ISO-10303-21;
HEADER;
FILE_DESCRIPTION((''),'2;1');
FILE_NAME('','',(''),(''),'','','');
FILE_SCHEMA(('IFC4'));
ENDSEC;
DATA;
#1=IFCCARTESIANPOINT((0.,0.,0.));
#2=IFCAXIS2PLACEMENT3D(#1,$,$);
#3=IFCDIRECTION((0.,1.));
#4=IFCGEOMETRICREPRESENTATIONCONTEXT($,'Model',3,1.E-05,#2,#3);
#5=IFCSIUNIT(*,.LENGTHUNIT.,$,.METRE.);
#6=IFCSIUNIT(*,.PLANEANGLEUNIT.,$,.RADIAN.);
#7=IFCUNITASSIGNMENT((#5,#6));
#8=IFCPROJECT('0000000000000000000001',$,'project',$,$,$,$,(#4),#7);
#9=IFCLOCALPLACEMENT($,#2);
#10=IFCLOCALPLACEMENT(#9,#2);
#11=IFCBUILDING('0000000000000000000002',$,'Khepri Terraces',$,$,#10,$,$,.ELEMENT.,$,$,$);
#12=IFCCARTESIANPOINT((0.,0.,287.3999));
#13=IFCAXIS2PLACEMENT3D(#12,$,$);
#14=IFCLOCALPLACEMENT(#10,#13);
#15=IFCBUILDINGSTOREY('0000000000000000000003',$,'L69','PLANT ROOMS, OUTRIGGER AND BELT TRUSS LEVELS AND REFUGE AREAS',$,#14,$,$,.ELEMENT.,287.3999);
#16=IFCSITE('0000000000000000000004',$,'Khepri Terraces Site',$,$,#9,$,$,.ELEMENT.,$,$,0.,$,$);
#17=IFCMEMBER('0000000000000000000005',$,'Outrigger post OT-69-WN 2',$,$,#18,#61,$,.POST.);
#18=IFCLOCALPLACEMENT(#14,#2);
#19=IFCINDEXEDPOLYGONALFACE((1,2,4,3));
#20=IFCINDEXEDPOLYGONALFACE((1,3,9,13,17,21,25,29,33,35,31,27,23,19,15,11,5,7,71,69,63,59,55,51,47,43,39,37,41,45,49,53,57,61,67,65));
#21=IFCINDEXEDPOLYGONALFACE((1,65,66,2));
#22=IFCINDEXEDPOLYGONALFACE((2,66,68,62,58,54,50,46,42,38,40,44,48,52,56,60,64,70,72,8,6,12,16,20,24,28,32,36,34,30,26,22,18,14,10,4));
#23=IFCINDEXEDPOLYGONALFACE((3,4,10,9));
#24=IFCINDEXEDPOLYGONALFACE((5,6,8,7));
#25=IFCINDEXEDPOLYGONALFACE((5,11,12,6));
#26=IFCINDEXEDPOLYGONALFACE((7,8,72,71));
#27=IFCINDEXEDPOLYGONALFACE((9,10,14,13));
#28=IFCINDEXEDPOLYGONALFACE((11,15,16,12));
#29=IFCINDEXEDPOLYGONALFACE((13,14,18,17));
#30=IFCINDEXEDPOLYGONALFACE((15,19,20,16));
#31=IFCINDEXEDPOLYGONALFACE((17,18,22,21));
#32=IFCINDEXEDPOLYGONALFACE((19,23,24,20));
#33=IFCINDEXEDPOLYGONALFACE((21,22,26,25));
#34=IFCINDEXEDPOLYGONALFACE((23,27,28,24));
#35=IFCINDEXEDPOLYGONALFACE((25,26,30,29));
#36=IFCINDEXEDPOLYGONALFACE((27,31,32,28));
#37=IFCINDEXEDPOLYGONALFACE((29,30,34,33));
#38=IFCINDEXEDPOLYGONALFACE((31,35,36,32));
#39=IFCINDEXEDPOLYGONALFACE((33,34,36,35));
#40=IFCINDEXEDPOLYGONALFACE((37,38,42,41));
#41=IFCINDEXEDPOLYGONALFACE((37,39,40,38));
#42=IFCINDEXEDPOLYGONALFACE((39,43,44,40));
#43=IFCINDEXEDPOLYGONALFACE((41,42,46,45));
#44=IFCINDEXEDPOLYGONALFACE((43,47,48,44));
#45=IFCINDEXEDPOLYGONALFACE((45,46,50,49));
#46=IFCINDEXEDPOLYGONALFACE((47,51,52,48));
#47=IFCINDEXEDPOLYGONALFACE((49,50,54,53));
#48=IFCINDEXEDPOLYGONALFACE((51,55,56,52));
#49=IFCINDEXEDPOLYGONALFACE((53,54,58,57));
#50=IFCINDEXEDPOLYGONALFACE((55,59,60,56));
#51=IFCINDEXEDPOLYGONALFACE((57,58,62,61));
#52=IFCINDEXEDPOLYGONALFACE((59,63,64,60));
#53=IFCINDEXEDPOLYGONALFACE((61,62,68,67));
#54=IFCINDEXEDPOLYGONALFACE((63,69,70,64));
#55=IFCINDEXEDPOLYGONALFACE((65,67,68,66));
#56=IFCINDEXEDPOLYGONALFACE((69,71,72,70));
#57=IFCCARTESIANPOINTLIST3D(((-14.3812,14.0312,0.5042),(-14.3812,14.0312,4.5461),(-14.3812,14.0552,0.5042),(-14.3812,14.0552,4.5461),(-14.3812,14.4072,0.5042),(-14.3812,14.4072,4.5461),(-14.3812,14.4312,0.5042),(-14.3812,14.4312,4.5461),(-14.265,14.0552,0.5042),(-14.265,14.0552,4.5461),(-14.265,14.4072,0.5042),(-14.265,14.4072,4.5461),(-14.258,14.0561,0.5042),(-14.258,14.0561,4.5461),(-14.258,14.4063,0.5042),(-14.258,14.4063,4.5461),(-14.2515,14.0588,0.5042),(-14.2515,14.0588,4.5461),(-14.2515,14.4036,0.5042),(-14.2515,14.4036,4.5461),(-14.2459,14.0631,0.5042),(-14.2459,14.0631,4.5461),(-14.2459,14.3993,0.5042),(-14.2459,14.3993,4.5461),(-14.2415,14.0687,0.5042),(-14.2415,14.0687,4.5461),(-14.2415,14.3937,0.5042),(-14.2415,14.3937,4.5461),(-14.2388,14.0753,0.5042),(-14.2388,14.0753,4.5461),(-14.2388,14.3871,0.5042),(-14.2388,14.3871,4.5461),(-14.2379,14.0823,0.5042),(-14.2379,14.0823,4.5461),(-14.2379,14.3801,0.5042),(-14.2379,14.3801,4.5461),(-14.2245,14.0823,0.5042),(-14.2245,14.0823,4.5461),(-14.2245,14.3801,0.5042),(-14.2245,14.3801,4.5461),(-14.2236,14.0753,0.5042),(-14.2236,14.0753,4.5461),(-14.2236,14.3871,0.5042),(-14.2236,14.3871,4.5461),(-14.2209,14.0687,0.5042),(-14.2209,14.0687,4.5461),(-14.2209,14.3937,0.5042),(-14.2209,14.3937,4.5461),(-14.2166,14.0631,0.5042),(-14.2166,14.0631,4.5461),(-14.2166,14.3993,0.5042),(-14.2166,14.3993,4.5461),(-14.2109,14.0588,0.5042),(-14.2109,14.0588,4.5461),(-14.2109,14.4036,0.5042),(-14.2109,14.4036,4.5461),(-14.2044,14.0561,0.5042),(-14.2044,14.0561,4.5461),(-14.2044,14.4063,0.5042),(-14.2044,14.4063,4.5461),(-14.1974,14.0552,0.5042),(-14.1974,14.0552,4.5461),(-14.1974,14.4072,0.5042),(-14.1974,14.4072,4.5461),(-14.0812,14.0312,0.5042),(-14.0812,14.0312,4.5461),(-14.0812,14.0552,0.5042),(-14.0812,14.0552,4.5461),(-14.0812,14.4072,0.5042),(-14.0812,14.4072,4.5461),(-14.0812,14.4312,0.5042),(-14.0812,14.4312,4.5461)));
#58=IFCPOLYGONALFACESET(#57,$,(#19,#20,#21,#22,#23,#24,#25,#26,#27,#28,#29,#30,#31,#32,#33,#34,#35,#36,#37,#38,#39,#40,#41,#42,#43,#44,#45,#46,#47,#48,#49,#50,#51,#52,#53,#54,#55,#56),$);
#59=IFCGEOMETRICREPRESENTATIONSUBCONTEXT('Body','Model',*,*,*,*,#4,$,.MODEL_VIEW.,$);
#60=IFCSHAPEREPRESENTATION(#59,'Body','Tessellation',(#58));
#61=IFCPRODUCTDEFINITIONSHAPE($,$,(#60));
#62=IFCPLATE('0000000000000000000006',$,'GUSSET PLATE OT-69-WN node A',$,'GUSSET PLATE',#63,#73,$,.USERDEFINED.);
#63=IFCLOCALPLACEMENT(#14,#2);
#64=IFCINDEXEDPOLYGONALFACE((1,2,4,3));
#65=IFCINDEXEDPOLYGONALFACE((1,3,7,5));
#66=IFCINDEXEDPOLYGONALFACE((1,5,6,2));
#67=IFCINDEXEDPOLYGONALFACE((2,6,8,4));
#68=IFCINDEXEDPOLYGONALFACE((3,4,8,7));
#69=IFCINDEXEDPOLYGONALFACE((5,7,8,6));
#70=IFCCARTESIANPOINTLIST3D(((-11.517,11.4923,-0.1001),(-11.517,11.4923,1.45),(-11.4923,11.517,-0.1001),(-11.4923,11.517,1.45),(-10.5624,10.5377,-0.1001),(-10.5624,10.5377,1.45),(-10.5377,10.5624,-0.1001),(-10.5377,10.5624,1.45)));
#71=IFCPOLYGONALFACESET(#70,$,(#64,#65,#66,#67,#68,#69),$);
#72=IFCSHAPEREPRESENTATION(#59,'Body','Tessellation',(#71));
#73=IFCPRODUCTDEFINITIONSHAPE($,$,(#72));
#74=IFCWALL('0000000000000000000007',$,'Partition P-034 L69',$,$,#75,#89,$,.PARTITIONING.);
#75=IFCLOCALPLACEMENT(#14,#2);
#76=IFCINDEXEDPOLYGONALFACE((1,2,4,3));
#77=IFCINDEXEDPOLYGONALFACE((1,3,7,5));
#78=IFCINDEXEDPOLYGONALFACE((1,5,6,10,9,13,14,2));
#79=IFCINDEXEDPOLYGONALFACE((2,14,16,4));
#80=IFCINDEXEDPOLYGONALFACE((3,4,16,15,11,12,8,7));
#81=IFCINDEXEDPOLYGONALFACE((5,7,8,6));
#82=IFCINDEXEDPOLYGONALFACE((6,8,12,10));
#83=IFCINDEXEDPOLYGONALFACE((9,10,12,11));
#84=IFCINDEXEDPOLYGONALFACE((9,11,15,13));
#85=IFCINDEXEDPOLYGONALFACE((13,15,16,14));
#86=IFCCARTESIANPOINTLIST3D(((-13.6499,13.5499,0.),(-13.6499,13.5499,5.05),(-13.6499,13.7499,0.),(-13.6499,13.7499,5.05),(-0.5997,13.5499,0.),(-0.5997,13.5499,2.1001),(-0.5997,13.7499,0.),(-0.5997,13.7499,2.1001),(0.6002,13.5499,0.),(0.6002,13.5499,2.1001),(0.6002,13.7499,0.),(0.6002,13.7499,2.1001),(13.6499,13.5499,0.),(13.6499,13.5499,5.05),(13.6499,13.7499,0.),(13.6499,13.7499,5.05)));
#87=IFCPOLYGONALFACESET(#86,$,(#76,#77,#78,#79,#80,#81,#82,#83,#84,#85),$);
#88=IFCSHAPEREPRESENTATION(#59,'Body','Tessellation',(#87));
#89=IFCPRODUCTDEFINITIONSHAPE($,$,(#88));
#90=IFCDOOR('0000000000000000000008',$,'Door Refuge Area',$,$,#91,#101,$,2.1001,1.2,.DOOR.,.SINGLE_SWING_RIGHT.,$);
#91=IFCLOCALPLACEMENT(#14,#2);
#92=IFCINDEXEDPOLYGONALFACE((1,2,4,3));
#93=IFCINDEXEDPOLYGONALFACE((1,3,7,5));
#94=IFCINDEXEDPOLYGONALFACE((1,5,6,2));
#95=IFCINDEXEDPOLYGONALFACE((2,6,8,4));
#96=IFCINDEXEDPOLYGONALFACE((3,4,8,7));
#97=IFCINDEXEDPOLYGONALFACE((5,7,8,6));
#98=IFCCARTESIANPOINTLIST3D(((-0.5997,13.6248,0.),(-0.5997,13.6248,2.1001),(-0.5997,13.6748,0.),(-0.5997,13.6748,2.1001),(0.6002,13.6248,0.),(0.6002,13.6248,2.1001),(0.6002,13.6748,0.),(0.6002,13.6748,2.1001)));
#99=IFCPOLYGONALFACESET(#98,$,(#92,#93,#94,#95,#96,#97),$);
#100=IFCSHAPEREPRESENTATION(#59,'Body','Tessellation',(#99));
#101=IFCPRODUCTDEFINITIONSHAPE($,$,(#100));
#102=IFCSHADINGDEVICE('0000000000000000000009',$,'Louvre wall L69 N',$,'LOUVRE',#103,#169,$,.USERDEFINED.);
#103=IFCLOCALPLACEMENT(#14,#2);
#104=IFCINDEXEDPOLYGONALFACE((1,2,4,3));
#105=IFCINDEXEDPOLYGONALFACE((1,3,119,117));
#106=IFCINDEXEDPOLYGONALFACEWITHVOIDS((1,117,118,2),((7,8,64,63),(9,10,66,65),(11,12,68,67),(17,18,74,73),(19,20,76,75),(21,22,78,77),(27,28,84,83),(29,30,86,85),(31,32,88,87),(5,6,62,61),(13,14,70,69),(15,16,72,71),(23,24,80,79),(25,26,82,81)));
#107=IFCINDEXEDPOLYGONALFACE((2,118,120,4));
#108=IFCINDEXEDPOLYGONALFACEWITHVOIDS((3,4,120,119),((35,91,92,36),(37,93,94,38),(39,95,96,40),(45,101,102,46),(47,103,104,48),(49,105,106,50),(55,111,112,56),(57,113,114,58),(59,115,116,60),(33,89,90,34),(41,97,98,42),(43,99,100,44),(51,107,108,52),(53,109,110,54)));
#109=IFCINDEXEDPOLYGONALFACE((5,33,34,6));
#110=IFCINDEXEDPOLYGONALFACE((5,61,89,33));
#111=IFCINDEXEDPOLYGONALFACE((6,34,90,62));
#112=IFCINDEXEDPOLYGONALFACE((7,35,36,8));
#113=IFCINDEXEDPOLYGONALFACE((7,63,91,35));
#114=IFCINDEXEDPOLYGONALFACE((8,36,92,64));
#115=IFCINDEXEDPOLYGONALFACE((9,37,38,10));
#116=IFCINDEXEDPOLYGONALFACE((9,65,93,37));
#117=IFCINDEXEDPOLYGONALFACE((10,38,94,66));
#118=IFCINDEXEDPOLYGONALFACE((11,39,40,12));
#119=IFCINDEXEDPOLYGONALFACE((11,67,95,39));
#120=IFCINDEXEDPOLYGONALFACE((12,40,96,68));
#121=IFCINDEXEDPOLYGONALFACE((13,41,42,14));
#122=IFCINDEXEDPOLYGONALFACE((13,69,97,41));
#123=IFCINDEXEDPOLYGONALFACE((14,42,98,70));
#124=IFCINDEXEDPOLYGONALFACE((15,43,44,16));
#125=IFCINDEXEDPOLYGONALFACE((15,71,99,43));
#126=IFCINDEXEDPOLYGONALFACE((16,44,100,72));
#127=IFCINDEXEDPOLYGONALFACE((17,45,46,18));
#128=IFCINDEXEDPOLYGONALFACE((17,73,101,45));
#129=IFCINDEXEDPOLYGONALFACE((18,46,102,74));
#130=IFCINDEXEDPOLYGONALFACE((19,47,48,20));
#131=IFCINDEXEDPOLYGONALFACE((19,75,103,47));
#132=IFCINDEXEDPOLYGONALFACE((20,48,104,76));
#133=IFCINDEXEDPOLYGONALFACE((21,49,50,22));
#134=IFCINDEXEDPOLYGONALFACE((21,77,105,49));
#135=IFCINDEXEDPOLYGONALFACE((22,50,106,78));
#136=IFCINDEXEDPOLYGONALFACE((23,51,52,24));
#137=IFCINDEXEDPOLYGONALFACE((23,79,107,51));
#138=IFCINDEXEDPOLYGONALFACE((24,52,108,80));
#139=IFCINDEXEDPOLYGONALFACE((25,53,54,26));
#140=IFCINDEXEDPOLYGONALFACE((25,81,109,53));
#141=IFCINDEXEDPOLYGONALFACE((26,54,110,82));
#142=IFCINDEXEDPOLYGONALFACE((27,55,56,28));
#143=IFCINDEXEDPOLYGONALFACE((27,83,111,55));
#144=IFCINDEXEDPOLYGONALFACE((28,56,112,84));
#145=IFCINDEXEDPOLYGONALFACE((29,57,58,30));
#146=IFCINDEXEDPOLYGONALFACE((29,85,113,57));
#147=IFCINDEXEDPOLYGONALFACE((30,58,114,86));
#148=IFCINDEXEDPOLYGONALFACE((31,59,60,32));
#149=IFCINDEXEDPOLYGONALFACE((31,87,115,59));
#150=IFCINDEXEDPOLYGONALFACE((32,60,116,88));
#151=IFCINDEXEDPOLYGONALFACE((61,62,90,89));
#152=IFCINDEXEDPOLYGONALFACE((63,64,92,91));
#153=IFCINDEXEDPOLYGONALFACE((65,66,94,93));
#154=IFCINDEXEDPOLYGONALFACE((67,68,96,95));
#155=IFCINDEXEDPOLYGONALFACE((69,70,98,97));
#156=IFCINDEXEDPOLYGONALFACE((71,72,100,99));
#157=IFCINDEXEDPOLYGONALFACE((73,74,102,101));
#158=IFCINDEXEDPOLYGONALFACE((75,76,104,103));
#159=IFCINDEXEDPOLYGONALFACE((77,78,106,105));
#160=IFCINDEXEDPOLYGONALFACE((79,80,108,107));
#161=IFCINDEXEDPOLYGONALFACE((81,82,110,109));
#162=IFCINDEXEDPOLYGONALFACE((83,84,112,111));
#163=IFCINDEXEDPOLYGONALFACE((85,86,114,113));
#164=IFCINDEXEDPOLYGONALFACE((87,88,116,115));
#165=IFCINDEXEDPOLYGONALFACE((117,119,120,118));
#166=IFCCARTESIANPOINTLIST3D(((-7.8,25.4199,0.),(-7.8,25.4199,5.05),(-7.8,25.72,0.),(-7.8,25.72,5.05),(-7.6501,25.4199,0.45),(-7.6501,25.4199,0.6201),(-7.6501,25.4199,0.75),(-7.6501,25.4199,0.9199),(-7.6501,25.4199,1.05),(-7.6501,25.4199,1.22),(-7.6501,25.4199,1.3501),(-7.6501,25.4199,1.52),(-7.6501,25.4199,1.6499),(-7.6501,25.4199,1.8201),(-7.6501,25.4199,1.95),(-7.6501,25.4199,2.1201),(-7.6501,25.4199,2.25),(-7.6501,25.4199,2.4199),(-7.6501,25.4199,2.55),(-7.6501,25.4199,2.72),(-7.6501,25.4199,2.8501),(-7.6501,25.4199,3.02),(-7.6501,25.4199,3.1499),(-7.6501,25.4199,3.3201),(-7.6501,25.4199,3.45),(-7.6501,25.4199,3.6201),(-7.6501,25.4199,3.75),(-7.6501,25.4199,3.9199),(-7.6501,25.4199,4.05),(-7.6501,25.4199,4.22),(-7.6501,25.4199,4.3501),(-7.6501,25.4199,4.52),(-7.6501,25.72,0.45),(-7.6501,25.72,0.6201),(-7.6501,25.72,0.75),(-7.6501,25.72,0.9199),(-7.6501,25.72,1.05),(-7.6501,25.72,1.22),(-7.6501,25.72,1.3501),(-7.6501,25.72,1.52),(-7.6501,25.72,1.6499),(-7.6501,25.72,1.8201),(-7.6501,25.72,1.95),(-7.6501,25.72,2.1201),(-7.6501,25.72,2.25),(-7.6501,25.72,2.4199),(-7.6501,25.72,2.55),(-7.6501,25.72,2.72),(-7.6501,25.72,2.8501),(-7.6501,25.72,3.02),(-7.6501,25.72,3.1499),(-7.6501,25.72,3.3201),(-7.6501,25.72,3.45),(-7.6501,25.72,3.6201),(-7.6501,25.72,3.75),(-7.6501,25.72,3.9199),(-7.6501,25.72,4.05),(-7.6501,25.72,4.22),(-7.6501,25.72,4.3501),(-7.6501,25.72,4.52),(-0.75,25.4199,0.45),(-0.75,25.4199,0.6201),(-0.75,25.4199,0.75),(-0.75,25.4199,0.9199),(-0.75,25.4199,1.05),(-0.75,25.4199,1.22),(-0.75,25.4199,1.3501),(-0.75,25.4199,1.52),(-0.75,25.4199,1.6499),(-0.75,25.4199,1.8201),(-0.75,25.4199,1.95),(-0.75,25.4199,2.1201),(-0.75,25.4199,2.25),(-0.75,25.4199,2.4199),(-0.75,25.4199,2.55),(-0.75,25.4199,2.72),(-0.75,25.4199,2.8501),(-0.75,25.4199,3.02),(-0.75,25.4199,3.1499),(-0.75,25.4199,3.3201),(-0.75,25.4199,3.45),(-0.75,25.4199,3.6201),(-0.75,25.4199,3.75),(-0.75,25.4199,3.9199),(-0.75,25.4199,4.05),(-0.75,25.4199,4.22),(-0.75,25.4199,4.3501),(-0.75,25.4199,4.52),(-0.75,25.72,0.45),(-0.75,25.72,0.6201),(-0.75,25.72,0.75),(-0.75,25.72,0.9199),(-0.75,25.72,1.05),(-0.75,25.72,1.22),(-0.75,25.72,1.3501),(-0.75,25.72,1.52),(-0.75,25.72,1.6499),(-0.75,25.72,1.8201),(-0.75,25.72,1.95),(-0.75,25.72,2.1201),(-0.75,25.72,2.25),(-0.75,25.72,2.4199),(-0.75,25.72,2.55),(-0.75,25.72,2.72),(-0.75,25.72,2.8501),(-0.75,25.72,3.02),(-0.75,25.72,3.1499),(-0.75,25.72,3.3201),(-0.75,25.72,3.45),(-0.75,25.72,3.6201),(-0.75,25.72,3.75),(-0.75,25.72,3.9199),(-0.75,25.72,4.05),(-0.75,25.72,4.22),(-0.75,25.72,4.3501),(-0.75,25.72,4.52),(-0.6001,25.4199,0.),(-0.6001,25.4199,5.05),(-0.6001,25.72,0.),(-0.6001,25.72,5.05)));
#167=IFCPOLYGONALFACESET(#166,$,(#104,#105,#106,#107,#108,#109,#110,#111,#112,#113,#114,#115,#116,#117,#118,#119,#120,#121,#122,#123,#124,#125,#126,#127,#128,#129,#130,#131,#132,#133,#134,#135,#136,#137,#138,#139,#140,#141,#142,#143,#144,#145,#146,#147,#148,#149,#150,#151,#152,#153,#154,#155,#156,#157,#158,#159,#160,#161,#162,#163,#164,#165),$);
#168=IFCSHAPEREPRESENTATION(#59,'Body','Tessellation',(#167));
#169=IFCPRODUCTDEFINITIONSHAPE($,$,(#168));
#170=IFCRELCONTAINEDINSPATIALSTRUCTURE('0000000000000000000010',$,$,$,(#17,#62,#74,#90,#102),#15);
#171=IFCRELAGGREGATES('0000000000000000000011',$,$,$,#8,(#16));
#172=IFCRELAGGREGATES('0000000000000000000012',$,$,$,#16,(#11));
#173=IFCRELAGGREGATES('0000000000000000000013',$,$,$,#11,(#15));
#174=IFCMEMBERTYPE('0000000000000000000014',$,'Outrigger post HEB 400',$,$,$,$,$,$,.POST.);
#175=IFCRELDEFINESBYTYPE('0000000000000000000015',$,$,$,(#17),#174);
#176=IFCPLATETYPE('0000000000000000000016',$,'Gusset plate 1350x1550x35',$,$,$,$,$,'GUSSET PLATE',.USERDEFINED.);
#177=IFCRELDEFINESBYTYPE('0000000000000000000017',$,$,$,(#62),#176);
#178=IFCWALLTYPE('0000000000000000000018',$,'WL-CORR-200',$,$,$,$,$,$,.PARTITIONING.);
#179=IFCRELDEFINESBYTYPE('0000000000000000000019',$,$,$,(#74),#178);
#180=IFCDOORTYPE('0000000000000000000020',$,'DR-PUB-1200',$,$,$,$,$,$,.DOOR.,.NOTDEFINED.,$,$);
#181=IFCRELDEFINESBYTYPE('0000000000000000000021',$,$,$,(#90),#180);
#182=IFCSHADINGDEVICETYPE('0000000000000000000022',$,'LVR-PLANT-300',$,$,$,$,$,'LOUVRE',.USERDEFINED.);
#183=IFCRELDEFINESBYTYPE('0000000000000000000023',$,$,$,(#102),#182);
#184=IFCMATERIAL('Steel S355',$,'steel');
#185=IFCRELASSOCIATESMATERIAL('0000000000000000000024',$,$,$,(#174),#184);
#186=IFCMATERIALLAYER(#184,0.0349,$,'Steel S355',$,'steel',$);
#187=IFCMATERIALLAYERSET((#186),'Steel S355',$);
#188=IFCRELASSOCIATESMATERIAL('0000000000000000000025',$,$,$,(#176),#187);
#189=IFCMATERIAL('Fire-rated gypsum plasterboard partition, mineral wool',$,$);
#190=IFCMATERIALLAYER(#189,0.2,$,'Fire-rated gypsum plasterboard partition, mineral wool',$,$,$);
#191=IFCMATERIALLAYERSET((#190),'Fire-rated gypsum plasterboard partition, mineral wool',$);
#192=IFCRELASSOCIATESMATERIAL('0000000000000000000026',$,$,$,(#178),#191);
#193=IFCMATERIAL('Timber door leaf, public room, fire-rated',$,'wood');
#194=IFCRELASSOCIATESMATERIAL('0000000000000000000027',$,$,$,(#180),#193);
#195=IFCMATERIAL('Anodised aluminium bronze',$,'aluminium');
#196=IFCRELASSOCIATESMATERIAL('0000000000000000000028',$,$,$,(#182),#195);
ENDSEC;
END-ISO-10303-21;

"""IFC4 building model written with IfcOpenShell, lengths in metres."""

from ifc_helpers import new_model, si_unit, direction, frame, frame_2d, origin, origin_2d, place, context, subcontext, project, spatial, polyline, rectangle, i_section, outline, extrude, material, layer, layer_set, material_profile, profile_set, type_object, element, fill, save


model = new_model("IFC4")

# Units and contexts
model_context = context("Model", 3, precision=1e-05, world=origin(), true_north=direction((0.0, 1.0)))
body_context = subcontext(model_context, "Body", "Model", "MODEL_VIEW")
ifc_project = project(units=[si_unit("LENGTHUNIT", "METRE"), si_unit("PLANEANGLEUNIT", "RADIAN")], contexts=[model_context])

# Site, building, storey
site_placement = place(None, origin())
site = spatial("IfcSite", under=ifc_project, at=site_placement, Name="Khepri Terraces Site", CompositionType="ELEMENT", RefElevation=0.0)
building_placement = place(site_placement, origin())
building = spatial("IfcBuilding", under=site, at=building_placement, Name="Khepri Terraces", CompositionType="ELEMENT")
storey_placement = place(building_placement, frame((0.0, 0.0, 287.3999)))
storey = spatial("IfcBuildingStorey", under=building, at=storey_placement, Name="L69", Description="PLANT ROOMS, OUTRIGGER AND BELT TRUSS LEVELS AND REFUGE AREAS", CompositionType="ELEMENT", Elevation=287.3999)

# Member
ifc_material_1 = material(Name="Steel S355", Category="steel")
ifc_material_profile_1 = material_profile(ifc_material_1, i_section(OverallWidth=0.3, OverallDepth=0.3999, WebThickness=0.0134, FlangeThickness=0.0239, FilletRadius=0.0271, at=origin_2d()), Name="Steel S355", Category="steel")
ifc_profile_set_1 = profile_set([ifc_material_profile_1], Name="Steel S355")
member_type_1 = type_object("IfcMemberType", Name="Outrigger post HEB 400", PredefinedType="POST", material=ifc_profile_set_1)
for number, where, z_axis, x_axis, name in (
    (1, (-14.2312, 14.2312, 0.5042), (0.0, 0.0, 1.0), (1.0, 0.0, 0.0), "Outrigger post OT-69-WN 2"),
):
    element("IfcMember", number, at=place(storey_placement, frame(where, z_axis=z_axis, x_axis=x_axis)), inside=storey, type_object=member_type_1, Name=name, PredefinedType="POST", context=body_context, shape_type="SweptSolid", body=[
        extrude(i_section(OverallWidth=0.3, OverallDepth=0.3999, WebThickness=0.0134, FlangeThickness=0.0239, FilletRadius=0.0271, at=origin_2d()), origin(), (0.0, 0.0, 1.0), 4.042),
    ])

# Plate
ifc_layer_1 = layer(ifc_material_1, 0.0349, Name="Steel S355", Category="steel")
ifc_layer_set_1 = layer_set([ifc_layer_1], Name="Steel S355")
plate_type = type_object("IfcPlateType", Name="Gusset plate 1350x1550x35", ElementType="GUSSET PLATE", PredefinedType="USERDEFINED", material=ifc_layer_set_1)
plate_placement = place(storey_placement, frame((-11.0273, 11.0273, -0.1001), z_axis=(0.0, 0.0, 1.0), x_axis=(-0.707107, 0.707107, 0.0)))
element("IfcPlate", 2, at=plate_placement, inside=storey, type_object=plate_type, Name="GUSSET PLATE OT-69-WN node A", ObjectType="GUSSET PLATE", PredefinedType="USERDEFINED", context=body_context, shape_type="SweptSolid", body=[
    extrude(rectangle(XDim=1.3501, YDim=0.0349, at=origin_2d()), origin(), (0.0, 0.0, 1.0), 1.55),
])

# Wall, opening, door
ifc_material_2 = material(Name="Fire-rated gypsum plasterboard partition, mineral wool")
ifc_layer_2 = layer(ifc_material_2, 0.2, Name="Fire-rated gypsum plasterboard partition, mineral wool")
ifc_layer_set_2 = layer_set([ifc_layer_2], Name="Fire-rated gypsum plasterboard partition, mineral wool")
wall_type = type_object("IfcWallType", Name="WL-CORR-200", PredefinedType="PARTITIONING", material=ifc_layer_set_2)
wall_placement = place(storey_placement, frame((-13.6499, 13.6499, 0.0), z_axis=(0.0, 0.0, 1.0), x_axis=(1.0, 0.0, 0.0)))
wall = element("IfcWall", 3, at=wall_placement, inside=storey, type_object=wall_type, Name="Partition P-034 L69", PredefinedType="PARTITIONING", context=body_context, shape_type="SweptSolid", body=[
    extrude(rectangle(XDim=27.2998, YDim=0.2, at=frame_2d((13.6499, 0.0))), origin(), (0.0, 0.0, 1.0), 5.05),
])
opening_placement = place(wall_placement, frame((13.05, 0.0, 0.0)))
opening = element("IfcOpeningElement", 4, at=opening_placement, cuts=wall, PredefinedType="OPENING", context=body_context, shape_type="SweptSolid", body=[
    extrude(rectangle(XDim=1.2, YDim=2.1001, at=frame_2d((0.6001, 1.05))), frame((0.0, 0.1099, 0.0), z_axis=(0.0, -1.0, 0.0), x_axis=(1.0, 0.0, 0.0)), (0.0, 0.0, 1.0), 0.22),
])
ifc_material_3 = material(Name="Timber door leaf, public room, fire-rated", Category="wood")
door_type = type_object("IfcDoorType", Name="DR-PUB-1200", OperationType="NOTDEFINED", PredefinedType="DOOR", material=ifc_material_3)
door_placement = place(opening_placement, origin())
door = element("IfcDoor", 5, at=door_placement, inside=storey, type_object=door_type, Name="Door Refuge Area", OperationType="SINGLE_SWING_RIGHT", OverallHeight=2.1001, OverallWidth=1.2, PredefinedType="DOOR", context=body_context, shape_type="SweptSolid", body=[
    extrude(rectangle(XDim=1.2, YDim=2.1001, at=frame_2d((0.6001, 1.05))), frame((0.0, 0.0249, 0.0), z_axis=(0.0, -1.0, 0.0), x_axis=(1.0, 0.0, 0.0)), (0.0, 0.0, 1.0), 0.05),
])
fill(opening, door)

# Shading device
ifc_material_4 = material(Name="Anodised aluminium bronze", Category="aluminium")
shading_device_type = type_object("IfcShadingDeviceType", Name="LVR-PLANT-300", ElementType="LOUVRE", PredefinedType="USERDEFINED", material=ifc_material_4)
shading_device_1_placement = place(storey_placement, frame((-0.6001, 25.4199, 0.0), z_axis=(0.0, 1.0, 0.0), x_axis=(-1.0, 0.0, 0.0)))
element("IfcShadingDevice", 6, at=shading_device_1_placement, inside=storey, type_object=shading_device_type, Name="Louvre wall L69 N", ObjectType="LOUVRE", PredefinedType="USERDEFINED", context=body_context, shape_type="SweptSolid", body=[
    extrude(outline(polyline([(0.0, 0.0), (7.2, 0.0), (7.2, 5.05), (0.0, 5.05), (0.0, 0.0)]), holes=[polyline([(0.1499, 0.45), (7.05, 0.45), (7.05, 0.6201), (0.1499, 0.6201), (0.1499, 0.45)]), polyline([(0.1499, 0.75), (7.05, 0.75), (7.05, 0.9199), (0.1499, 0.9199), (0.1499, 0.75)]), polyline([(0.1499, 1.05), (7.05, 1.05), (7.05, 1.22), (0.1499, 1.22), (0.1499, 1.05)]), polyline([(0.1499, 1.3501), (7.05, 1.3501), (7.05, 1.52), (0.1499, 1.52), (0.1499, 1.3501)]), polyline([(0.1499, 1.6499), (7.05, 1.6499), (7.05, 1.8201), (0.1499, 1.8201), (0.1499, 1.6499)]), polyline([(0.1499, 1.95), (7.05, 1.95), (7.05, 2.1201), (0.1499, 2.1201), (0.1499, 1.95)]), polyline([(0.1499, 2.25), (7.05, 2.25), (7.05, 2.4199), (0.1499, 2.4199), (0.1499, 2.25)]), polyline([(0.1499, 2.55), (7.05, 2.55), (7.05, 2.72), (0.1499, 2.72), (0.1499, 2.55)]), polyline([(0.1499, 2.8501), (7.05, 2.8501), (7.05, 3.02), (0.1499, 3.02), (0.1499, 2.8501)]), polyline([(0.1499, 3.1499), (7.05, 3.1499), (7.05, 3.3201), (0.1499, 3.3201), (0.1499, 3.1499)]), polyline([(0.1499, 3.45), (7.05, 3.45), (7.05, 3.6201), (0.1499, 3.6201), (0.1499, 3.45)]), polyline([(0.1499, 3.75), (7.05, 3.75), (7.05, 3.9199), (0.1499, 3.9199), (0.1499, 3.75)]), polyline([(0.1499, 4.05), (7.05, 4.05), (7.05, 4.22), (0.1499, 4.22), (0.1499, 4.05)]), polyline([(0.1499, 4.3501), (7.05, 4.3501), (7.05, 4.52), (0.1499, 4.52), (0.1499, 4.3501)])]), origin(), (0.0, 0.0, 1.0), 0.3),
])

save(model, "model.ifc")
